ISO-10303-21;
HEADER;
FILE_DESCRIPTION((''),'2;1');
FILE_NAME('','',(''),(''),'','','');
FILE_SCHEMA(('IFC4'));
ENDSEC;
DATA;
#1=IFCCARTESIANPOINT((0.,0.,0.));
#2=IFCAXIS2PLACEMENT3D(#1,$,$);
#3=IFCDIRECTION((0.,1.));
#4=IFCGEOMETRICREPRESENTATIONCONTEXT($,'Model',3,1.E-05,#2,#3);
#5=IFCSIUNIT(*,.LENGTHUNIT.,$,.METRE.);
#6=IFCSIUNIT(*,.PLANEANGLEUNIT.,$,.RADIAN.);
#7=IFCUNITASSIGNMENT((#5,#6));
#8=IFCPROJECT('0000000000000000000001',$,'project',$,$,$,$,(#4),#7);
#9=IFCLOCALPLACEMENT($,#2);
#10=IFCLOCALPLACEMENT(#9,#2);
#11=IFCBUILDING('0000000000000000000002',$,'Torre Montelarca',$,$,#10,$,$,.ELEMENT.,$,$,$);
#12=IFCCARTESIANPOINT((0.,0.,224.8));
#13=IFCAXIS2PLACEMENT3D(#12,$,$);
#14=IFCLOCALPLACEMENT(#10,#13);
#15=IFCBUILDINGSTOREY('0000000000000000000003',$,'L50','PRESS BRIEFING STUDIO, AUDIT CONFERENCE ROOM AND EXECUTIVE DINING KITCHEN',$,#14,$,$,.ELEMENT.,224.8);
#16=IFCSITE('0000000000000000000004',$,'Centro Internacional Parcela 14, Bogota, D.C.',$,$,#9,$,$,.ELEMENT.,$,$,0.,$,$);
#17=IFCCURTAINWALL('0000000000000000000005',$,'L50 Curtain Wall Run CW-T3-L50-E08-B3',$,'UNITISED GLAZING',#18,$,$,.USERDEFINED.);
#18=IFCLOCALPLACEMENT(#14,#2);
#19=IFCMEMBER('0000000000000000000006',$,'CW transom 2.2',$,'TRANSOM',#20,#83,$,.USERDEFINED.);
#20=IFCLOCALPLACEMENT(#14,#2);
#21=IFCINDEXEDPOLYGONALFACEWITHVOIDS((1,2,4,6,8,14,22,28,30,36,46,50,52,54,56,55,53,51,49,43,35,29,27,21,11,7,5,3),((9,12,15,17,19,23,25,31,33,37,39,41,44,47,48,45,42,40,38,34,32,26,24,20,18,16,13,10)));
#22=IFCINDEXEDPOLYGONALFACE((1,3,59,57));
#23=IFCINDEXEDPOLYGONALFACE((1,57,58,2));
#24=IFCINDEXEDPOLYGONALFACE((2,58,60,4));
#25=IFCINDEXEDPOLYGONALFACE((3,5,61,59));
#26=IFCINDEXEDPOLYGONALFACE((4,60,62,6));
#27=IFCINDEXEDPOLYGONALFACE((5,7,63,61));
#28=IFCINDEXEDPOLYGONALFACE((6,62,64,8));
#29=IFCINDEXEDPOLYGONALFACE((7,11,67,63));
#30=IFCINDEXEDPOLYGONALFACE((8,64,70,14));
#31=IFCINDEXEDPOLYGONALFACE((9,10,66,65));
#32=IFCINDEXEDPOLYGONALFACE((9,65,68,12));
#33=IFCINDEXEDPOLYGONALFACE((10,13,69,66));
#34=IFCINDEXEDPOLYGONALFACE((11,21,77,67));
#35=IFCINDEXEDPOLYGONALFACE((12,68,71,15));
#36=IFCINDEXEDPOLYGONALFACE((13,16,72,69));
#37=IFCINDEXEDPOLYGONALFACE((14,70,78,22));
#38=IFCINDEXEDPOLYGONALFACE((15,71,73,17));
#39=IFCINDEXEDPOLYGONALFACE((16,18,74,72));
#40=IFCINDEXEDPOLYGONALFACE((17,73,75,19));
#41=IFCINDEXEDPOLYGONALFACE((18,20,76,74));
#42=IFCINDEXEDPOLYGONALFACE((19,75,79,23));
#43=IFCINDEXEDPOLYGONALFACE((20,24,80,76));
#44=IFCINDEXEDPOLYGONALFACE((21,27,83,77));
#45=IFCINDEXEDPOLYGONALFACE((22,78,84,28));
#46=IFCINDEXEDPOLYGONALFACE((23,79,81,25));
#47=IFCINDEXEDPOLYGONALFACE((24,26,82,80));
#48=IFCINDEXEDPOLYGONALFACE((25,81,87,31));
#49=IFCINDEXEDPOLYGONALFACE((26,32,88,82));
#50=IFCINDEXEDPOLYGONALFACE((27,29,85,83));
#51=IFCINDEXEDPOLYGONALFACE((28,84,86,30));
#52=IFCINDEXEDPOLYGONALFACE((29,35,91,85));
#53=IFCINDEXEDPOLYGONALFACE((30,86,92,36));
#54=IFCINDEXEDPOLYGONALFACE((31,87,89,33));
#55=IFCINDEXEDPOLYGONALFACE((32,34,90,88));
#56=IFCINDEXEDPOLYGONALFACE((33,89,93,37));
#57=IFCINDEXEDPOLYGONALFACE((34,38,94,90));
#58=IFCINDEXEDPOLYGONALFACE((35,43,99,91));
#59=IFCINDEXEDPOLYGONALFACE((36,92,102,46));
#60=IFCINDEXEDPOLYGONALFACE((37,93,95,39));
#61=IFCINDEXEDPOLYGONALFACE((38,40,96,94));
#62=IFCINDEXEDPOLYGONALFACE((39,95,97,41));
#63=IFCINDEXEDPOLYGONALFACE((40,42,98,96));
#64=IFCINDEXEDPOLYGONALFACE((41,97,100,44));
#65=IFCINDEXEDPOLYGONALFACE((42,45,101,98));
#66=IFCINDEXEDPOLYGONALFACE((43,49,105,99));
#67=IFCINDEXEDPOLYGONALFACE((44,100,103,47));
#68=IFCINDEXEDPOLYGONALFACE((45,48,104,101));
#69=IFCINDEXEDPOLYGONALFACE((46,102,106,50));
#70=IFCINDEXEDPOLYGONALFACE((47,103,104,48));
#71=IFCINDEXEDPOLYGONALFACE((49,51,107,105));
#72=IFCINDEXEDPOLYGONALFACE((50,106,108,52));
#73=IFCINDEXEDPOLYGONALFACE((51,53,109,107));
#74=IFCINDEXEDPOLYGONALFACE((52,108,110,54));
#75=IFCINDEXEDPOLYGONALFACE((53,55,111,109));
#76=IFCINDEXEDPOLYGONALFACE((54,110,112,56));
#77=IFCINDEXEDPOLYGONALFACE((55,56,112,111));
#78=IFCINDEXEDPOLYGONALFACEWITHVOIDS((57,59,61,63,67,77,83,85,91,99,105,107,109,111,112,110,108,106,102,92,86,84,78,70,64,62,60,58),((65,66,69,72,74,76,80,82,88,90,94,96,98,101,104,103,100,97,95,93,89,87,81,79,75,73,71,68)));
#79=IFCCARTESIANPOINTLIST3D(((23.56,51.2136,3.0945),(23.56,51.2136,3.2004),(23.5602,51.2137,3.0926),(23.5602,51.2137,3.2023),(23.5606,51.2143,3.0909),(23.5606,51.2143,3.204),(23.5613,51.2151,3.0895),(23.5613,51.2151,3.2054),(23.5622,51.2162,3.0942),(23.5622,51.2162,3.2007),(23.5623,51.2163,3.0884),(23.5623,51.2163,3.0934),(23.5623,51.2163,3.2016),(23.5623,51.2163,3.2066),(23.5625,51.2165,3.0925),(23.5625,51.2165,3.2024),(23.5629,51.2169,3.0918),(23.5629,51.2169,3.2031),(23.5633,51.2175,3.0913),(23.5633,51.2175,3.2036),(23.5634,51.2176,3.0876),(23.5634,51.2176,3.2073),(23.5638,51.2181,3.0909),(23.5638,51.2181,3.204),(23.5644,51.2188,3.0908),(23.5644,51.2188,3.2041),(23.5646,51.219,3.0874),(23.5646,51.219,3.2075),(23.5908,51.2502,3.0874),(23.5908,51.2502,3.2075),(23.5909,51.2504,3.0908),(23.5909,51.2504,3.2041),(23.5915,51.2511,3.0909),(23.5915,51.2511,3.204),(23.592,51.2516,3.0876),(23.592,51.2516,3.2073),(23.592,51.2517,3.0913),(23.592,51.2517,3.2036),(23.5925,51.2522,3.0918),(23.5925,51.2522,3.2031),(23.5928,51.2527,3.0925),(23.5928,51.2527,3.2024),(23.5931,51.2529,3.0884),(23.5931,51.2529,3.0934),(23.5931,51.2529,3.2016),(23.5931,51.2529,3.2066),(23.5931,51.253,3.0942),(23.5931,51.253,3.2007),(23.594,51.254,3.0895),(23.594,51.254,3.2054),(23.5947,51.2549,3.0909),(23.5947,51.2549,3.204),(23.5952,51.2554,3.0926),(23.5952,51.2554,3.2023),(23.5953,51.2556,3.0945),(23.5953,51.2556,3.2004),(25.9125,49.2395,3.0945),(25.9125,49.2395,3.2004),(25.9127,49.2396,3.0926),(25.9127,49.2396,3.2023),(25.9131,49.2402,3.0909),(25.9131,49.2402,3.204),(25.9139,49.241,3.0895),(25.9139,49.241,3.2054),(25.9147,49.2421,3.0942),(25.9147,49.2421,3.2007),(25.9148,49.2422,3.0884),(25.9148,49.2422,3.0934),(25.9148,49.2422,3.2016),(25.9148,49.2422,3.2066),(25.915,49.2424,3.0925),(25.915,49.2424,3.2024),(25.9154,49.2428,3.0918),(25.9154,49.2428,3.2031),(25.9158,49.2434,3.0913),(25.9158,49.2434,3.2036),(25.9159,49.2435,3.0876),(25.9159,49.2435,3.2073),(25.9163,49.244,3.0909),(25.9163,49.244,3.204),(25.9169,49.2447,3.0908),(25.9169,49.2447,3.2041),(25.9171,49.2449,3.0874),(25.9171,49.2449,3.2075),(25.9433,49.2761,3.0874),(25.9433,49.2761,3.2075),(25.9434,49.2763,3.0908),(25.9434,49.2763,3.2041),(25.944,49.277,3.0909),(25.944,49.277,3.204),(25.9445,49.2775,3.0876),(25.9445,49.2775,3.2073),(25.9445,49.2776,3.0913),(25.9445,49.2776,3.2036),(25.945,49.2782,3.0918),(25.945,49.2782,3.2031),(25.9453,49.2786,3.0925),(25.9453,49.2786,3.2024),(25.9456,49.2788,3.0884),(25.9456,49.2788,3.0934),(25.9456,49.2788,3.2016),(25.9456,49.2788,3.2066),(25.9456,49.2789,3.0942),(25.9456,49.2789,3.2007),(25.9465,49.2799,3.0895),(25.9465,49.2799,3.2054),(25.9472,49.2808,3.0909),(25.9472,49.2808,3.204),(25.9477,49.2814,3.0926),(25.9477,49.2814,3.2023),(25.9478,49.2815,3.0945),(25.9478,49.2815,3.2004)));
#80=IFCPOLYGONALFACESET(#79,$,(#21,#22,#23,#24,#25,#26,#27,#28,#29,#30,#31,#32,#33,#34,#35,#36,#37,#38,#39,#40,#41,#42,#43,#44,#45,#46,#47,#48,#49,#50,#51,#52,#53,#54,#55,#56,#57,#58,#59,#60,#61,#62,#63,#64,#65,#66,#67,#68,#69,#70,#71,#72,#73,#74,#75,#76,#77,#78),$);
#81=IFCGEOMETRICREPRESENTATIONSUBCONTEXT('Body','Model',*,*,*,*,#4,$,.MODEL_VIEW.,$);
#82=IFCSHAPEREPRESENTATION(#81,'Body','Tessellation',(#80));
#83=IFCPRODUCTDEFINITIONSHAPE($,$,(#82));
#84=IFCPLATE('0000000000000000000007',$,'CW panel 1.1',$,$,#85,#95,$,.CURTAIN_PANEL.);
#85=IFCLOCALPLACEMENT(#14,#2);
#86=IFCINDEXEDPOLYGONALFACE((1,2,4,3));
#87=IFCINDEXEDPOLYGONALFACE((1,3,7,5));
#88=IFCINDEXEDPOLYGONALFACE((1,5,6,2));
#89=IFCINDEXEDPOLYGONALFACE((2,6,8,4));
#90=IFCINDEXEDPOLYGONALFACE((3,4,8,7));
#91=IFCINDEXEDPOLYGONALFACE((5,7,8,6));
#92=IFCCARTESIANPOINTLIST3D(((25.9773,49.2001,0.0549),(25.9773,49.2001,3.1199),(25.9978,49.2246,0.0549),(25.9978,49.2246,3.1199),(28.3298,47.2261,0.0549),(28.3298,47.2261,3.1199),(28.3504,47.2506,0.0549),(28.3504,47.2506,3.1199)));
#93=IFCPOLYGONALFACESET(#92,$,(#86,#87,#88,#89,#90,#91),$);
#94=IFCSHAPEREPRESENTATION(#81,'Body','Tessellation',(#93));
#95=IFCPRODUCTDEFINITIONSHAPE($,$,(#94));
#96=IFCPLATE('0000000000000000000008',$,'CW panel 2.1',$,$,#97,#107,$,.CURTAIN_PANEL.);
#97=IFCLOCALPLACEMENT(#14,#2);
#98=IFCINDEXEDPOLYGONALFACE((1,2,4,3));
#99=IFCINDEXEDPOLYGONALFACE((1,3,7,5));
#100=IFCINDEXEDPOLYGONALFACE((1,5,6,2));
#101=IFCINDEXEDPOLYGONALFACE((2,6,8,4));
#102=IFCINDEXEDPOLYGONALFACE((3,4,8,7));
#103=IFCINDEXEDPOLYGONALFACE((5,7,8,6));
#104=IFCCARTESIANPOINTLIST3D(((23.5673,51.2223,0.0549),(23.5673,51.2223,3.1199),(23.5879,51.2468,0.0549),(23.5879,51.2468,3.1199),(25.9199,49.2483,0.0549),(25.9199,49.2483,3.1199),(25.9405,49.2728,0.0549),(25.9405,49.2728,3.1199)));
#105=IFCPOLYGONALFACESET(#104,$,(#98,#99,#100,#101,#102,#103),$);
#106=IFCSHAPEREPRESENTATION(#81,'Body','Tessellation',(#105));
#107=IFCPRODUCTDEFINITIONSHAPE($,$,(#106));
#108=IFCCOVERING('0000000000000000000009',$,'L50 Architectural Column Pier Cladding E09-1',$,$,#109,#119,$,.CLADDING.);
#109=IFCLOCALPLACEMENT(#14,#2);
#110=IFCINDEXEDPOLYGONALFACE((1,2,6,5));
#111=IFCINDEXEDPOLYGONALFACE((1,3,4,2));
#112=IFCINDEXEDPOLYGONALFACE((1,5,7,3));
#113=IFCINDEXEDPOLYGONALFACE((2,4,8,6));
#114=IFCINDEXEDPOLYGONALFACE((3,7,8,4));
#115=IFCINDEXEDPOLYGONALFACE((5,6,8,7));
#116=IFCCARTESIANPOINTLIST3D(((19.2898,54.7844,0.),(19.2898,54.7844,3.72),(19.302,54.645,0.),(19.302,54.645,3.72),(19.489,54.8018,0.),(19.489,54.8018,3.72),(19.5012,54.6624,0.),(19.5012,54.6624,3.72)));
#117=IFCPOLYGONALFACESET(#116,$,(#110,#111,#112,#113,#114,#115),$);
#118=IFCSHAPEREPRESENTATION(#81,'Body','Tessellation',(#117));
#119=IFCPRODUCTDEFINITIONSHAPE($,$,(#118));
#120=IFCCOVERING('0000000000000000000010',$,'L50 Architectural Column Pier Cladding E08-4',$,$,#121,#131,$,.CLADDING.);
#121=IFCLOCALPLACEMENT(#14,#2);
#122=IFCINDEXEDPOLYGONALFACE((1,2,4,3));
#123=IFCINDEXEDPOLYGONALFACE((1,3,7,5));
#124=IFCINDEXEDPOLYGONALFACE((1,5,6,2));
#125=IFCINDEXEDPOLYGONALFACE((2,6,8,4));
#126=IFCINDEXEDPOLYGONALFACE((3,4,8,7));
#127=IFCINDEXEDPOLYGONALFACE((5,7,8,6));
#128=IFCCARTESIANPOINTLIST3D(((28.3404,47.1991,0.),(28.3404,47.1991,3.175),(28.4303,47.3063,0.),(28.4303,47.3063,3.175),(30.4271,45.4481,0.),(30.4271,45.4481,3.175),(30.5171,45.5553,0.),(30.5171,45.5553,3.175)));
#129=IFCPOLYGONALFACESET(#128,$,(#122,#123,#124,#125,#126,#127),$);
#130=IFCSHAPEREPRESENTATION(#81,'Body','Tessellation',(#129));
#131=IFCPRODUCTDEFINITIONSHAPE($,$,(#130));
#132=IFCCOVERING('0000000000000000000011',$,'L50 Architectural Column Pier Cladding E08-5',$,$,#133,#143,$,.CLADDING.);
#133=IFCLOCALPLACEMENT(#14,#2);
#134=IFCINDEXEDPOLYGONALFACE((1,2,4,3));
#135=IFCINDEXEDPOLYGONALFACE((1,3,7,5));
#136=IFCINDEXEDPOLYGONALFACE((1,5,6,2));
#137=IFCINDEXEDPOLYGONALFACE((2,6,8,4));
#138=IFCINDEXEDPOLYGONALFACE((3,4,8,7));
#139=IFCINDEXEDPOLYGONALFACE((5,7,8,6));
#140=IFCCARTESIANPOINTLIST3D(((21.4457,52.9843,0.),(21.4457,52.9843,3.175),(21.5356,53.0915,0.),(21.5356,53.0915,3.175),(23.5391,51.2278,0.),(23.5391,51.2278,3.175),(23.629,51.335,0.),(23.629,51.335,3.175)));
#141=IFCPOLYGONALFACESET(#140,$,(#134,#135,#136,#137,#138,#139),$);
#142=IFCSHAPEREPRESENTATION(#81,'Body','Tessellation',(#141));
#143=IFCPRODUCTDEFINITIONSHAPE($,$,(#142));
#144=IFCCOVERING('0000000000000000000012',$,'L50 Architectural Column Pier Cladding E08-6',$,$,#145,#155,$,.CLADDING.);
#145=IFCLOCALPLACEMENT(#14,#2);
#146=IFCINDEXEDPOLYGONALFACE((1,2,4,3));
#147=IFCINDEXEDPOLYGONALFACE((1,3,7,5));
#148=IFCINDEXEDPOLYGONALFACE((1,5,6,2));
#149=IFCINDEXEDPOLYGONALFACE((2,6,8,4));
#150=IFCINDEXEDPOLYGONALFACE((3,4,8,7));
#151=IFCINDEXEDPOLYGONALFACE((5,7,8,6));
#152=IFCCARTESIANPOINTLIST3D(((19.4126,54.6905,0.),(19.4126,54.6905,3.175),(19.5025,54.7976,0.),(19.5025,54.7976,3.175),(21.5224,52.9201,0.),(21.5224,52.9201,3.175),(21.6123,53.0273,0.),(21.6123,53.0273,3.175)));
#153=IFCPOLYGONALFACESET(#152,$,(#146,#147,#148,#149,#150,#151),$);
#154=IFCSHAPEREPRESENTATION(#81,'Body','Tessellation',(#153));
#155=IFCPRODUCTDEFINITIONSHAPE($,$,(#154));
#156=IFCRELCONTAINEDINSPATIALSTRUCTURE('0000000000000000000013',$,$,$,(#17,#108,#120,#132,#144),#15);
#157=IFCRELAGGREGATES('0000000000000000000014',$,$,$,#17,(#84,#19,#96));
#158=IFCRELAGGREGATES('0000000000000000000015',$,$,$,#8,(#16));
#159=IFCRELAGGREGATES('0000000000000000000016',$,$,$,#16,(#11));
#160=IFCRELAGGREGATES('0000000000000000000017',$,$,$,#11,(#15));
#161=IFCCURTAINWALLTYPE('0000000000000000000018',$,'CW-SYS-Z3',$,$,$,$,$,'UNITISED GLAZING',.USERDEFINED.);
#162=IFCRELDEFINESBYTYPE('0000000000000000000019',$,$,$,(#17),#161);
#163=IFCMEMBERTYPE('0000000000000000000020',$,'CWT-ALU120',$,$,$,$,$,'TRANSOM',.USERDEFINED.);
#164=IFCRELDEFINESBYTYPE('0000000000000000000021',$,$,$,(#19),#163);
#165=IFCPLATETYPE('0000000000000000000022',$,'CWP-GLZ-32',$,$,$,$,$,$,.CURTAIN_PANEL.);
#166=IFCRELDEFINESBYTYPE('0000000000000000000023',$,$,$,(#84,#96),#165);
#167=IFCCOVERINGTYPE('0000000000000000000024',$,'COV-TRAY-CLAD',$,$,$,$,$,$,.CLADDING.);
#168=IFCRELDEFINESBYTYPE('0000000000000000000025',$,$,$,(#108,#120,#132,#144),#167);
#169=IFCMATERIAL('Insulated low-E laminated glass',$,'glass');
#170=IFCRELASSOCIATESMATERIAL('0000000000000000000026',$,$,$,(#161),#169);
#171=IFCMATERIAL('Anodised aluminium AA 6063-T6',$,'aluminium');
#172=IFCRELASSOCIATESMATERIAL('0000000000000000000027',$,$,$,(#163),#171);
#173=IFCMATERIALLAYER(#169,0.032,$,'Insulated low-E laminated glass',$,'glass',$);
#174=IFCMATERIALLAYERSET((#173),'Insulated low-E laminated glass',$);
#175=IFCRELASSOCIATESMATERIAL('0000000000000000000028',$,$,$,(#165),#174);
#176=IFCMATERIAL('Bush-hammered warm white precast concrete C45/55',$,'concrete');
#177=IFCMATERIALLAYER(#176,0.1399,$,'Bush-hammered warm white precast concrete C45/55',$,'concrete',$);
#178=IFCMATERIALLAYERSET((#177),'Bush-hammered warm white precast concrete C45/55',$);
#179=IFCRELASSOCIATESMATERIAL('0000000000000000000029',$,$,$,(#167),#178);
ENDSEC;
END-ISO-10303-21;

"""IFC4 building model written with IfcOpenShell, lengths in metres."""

from ifc_helpers import new_model, si_unit, direction, frame, origin, origin_2d, place, context, subcontext, project, spatial, rectangle, hollow_rectangle, extrude, source, transform, mapped, material, layer, layer_set, material_profile, profile_set, type_object, element, aggregate, save


model = new_model("IFC4")

# Units and contexts
model_context = context("Model", 3, precision=1e-05, world=origin(), true_north=direction((0.0, 1.0)))
body_context = subcontext(model_context, "Body", "Model", "MODEL_VIEW")
ifc_project = project(units=[si_unit("LENGTHUNIT", "METRE"), si_unit("PLANEANGLEUNIT", "RADIAN")], contexts=[model_context])

# Site, building, storey
site_placement = place(None, origin())
site = spatial("IfcSite", under=ifc_project, at=site_placement, Name="Centro Internacional Parcela 14, Bogota, D.C.", CompositionType="ELEMENT", RefElevation=0.0)
building_placement = place(site_placement, origin())
building = spatial("IfcBuilding", under=site, at=building_placement, Name="Torre Montelarca", CompositionType="ELEMENT")
storey_placement = place(building_placement, frame((0.0, 0.0, 224.8)))
storey = spatial("IfcBuildingStorey", under=building, at=storey_placement, Name="L50", Description="PRESS BRIEFING STUDIO, AUDIT CONFERENCE ROOM AND EXECUTIVE DINING KITCHEN", CompositionType="ELEMENT", Elevation=224.8)

# Curtain wall, member, plates
ifc_material_1 = material(Name="Insulated low-E laminated glass", Category="glass")
curtain_wall_type = type_object("IfcCurtainWallType", Name="CW-SYS-Z3", ElementType="UNITISED GLAZING", PredefinedType="USERDEFINED", material=ifc_material_1)
curtain_wall_placement = place(storey_placement, origin())
curtain_wall = element("IfcCurtainWall", 1, at=curtain_wall_placement, inside=storey, type_object=curtain_wall_type, Name="L50 Curtain Wall Run CW-T3-L50-E08-B3", ObjectType="UNITISED GLAZING", PredefinedType="USERDEFINED")
ifc_material_2 = material(Name="Anodised aluminium AA 6063-T6", Category="aluminium")
ifc_material_profile_1 = material_profile(ifc_material_2, hollow_rectangle(XDim=0.0549, YDim=0.1201, WallThickness=0.0034, InnerFilletRadius=0.0034, OuterFilletRadius=0.0071, at=origin_2d()), Name="ALU55X120X3.5", Category="aluminium")
ifc_profile_set_1 = profile_set([ifc_material_profile_1], Name="Anodised aluminium AA 6063-T6")
member_type_1 = type_object("IfcMemberType", Name="CWT-ALU120", ElementType="TRANSOM", PredefinedType="USERDEFINED", material=ifc_profile_set_1)
shared_shape_1 = source(origin(), body_context, "Body", "SweptSolid", [
    extrude(hollow_rectangle(XDim=0.0549, YDim=0.1201, WallThickness=0.0034, InnerFilletRadius=0.0034, OuterFilletRadius=0.0071, at=origin_2d()), origin(), (0.0, 0.0, 1.0), 3.071),
])
member_1_placement = place(storey_placement, frame((25.9302, 49.2605, 3.1475), z_axis=(-0.766027, 0.642808, 0.0), x_axis=(-0.642808, -0.766027, 0.0)))
member_1 = element("IfcMember", 2, at=member_1_placement, type_object=member_type_1, Name="CW transom 2.2", ObjectType="TRANSOM", PredefinedType="USERDEFINED", context=body_context, shape_type="MappedRepresentation", body=[
    mapped(shared_shape_1, transform((0.0, 0.0, 0.0), scale=1.0)),
])
ifc_layer_1 = layer(ifc_material_1, 0.032, Name="Insulated low-E laminated glass", Category="glass")
ifc_layer_set_1 = layer_set([ifc_layer_1], Name="Insulated low-E laminated glass")
plate_type = type_object("IfcPlateType", Name="CWP-GLZ-32", PredefinedType="CURTAIN_PANEL", material=ifc_layer_set_1)
shared_shape_2 = source(origin(), body_context, "Body", "SweptSolid", [
    extrude(rectangle(XDim=3.071, YDim=0.032, at=origin_2d()), origin(), (0.0, 0.0, 1.0), 3.0649),
])
plate_1_placement = place(storey_placement, frame((27.1638, 48.2253, 0.0549), z_axis=(0.0, 0.0, 1.0), x_axis=(-0.766044, 0.642788, 0.0)))
plate_1 = element("IfcPlate", 3, at=plate_1_placement, type_object=plate_type, Name="CW panel 1.1", PredefinedType="CURTAIN_PANEL", context=body_context, shape_type="MappedRepresentation", body=[
    mapped(shared_shape_2, transform((0.0, 0.0, 0.0), scale=1.0)),
])
plate_2_placement = place(storey_placement, frame((24.7539, 50.2476, 0.0549), z_axis=(0.0, 0.0, 1.0), x_axis=(-0.766044, 0.642788, 0.0)))
plate_2 = element("IfcPlate", 4, at=plate_2_placement, type_object=plate_type, Name="CW panel 2.1", PredefinedType="CURTAIN_PANEL", context=body_context, shape_type="MappedRepresentation", body=[
    mapped(shared_shape_2, transform((0.0, 0.0, 0.0), scale=1.0)),
])
aggregate(curtain_wall, [plate_1, member_1, plate_2])

# Coverings
ifc_material_3 = material(Name="Bush-hammered warm white precast concrete C45/55", Category="concrete")
ifc_layer_2 = layer(ifc_material_3, 0.1399, Name="Bush-hammered warm white precast concrete C45/55", Category="concrete")
ifc_layer_set_2 = layer_set([ifc_layer_2], Name="Bush-hammered warm white precast concrete C45/55")
covering_type = type_object("IfcCoveringType", Name="COV-TRAY-CLAD", PredefinedType="CLADDING", material=ifc_layer_set_2)
shared_shape_3 = source(origin(), body_context, "Body", "SweptSolid", [
    extrude(rectangle(XDim=0.2, YDim=0.1399, at=origin_2d()), origin(), (0.0, 0.0, 1.0), 3.72),
])
covering_1_placement = place(storey_placement, frame((19.3955, 54.7234, 0.0), z_axis=(0.0, 0.0, 1.0), x_axis=(-0.996193, -0.087177, 0.0)))
element("IfcCovering", 5, at=covering_1_placement, inside=storey, type_object=covering_type, Name="L50 Architectural Column Pier Cladding E09-1", PredefinedType="CLADDING", context=body_context, shape_type="MappedRepresentation", body=[
    mapped(shared_shape_3, transform((0.0, 0.0, 0.0), scale=1.0)),
])
shared_shape_4 = source(origin(), body_context, "Body", "SweptSolid", [
    extrude(rectangle(XDim=2.7241, YDim=0.1399, at=origin_2d()), origin(), (0.0, 0.0, 1.0), 3.175),
])
covering_2_placement = place(storey_placement, frame((29.4287, 46.3772, 0.0), z_axis=(0.0, 0.0, 1.0), x_axis=(-0.766043, 0.642789, 0.0)))
element("IfcCovering", 6, at=covering_2_placement, inside=storey, type_object=covering_type, Name="L50 Architectural Column Pier Cladding E08-4", PredefinedType="CLADDING", context=body_context, shape_type="MappedRepresentation", body=[
    mapped(shared_shape_4, transform((0.0, 0.0, 0.0), scale=1.0)),
])
shared_shape_5 = source(origin(), body_context, "Body", "SweptSolid", [
    extrude(rectangle(XDim=2.7327, YDim=0.1399, at=origin_2d()), origin(), (0.0, 0.0, 1.0), 3.175),
])
covering_3_placement = place(storey_placement, frame((22.5374, 52.1597, 0.0), z_axis=(0.0, 0.0, 1.0), x_axis=(-0.766043, 0.642789, 0.0)))
element("IfcCovering", 7, at=covering_3_placement, inside=storey, type_object=covering_type, Name="L50 Architectural Column Pier Cladding E08-5", PredefinedType="CLADDING", context=body_context, shape_type="MappedRepresentation", body=[
    mapped(shared_shape_5, transform((0.0, 0.0, 0.0), scale=1.0)),
])
shared_shape_6 = source(origin(), body_context, "Body", "SweptSolid", [
    extrude(rectangle(XDim=2.7542, YDim=0.1399, at=origin_2d()), origin(), (0.0, 0.0, 1.0), 3.175),
])
covering_4_placement = place(storey_placement, frame((20.5125, 53.8589, 0.0), z_axis=(0.0, 0.0, 1.0), x_axis=(-0.766043, 0.642789, 0.0)))
element("IfcCovering", 8, at=covering_4_placement, inside=storey, type_object=covering_type, Name="L50 Architectural Column Pier Cladding E08-6", PredefinedType="CLADDING", context=body_context, shape_type="MappedRepresentation", body=[
    mapped(shared_shape_6, transform((0.0, 0.0, 0.0), scale=1.0)),
])

save(model, "model.ifc")
